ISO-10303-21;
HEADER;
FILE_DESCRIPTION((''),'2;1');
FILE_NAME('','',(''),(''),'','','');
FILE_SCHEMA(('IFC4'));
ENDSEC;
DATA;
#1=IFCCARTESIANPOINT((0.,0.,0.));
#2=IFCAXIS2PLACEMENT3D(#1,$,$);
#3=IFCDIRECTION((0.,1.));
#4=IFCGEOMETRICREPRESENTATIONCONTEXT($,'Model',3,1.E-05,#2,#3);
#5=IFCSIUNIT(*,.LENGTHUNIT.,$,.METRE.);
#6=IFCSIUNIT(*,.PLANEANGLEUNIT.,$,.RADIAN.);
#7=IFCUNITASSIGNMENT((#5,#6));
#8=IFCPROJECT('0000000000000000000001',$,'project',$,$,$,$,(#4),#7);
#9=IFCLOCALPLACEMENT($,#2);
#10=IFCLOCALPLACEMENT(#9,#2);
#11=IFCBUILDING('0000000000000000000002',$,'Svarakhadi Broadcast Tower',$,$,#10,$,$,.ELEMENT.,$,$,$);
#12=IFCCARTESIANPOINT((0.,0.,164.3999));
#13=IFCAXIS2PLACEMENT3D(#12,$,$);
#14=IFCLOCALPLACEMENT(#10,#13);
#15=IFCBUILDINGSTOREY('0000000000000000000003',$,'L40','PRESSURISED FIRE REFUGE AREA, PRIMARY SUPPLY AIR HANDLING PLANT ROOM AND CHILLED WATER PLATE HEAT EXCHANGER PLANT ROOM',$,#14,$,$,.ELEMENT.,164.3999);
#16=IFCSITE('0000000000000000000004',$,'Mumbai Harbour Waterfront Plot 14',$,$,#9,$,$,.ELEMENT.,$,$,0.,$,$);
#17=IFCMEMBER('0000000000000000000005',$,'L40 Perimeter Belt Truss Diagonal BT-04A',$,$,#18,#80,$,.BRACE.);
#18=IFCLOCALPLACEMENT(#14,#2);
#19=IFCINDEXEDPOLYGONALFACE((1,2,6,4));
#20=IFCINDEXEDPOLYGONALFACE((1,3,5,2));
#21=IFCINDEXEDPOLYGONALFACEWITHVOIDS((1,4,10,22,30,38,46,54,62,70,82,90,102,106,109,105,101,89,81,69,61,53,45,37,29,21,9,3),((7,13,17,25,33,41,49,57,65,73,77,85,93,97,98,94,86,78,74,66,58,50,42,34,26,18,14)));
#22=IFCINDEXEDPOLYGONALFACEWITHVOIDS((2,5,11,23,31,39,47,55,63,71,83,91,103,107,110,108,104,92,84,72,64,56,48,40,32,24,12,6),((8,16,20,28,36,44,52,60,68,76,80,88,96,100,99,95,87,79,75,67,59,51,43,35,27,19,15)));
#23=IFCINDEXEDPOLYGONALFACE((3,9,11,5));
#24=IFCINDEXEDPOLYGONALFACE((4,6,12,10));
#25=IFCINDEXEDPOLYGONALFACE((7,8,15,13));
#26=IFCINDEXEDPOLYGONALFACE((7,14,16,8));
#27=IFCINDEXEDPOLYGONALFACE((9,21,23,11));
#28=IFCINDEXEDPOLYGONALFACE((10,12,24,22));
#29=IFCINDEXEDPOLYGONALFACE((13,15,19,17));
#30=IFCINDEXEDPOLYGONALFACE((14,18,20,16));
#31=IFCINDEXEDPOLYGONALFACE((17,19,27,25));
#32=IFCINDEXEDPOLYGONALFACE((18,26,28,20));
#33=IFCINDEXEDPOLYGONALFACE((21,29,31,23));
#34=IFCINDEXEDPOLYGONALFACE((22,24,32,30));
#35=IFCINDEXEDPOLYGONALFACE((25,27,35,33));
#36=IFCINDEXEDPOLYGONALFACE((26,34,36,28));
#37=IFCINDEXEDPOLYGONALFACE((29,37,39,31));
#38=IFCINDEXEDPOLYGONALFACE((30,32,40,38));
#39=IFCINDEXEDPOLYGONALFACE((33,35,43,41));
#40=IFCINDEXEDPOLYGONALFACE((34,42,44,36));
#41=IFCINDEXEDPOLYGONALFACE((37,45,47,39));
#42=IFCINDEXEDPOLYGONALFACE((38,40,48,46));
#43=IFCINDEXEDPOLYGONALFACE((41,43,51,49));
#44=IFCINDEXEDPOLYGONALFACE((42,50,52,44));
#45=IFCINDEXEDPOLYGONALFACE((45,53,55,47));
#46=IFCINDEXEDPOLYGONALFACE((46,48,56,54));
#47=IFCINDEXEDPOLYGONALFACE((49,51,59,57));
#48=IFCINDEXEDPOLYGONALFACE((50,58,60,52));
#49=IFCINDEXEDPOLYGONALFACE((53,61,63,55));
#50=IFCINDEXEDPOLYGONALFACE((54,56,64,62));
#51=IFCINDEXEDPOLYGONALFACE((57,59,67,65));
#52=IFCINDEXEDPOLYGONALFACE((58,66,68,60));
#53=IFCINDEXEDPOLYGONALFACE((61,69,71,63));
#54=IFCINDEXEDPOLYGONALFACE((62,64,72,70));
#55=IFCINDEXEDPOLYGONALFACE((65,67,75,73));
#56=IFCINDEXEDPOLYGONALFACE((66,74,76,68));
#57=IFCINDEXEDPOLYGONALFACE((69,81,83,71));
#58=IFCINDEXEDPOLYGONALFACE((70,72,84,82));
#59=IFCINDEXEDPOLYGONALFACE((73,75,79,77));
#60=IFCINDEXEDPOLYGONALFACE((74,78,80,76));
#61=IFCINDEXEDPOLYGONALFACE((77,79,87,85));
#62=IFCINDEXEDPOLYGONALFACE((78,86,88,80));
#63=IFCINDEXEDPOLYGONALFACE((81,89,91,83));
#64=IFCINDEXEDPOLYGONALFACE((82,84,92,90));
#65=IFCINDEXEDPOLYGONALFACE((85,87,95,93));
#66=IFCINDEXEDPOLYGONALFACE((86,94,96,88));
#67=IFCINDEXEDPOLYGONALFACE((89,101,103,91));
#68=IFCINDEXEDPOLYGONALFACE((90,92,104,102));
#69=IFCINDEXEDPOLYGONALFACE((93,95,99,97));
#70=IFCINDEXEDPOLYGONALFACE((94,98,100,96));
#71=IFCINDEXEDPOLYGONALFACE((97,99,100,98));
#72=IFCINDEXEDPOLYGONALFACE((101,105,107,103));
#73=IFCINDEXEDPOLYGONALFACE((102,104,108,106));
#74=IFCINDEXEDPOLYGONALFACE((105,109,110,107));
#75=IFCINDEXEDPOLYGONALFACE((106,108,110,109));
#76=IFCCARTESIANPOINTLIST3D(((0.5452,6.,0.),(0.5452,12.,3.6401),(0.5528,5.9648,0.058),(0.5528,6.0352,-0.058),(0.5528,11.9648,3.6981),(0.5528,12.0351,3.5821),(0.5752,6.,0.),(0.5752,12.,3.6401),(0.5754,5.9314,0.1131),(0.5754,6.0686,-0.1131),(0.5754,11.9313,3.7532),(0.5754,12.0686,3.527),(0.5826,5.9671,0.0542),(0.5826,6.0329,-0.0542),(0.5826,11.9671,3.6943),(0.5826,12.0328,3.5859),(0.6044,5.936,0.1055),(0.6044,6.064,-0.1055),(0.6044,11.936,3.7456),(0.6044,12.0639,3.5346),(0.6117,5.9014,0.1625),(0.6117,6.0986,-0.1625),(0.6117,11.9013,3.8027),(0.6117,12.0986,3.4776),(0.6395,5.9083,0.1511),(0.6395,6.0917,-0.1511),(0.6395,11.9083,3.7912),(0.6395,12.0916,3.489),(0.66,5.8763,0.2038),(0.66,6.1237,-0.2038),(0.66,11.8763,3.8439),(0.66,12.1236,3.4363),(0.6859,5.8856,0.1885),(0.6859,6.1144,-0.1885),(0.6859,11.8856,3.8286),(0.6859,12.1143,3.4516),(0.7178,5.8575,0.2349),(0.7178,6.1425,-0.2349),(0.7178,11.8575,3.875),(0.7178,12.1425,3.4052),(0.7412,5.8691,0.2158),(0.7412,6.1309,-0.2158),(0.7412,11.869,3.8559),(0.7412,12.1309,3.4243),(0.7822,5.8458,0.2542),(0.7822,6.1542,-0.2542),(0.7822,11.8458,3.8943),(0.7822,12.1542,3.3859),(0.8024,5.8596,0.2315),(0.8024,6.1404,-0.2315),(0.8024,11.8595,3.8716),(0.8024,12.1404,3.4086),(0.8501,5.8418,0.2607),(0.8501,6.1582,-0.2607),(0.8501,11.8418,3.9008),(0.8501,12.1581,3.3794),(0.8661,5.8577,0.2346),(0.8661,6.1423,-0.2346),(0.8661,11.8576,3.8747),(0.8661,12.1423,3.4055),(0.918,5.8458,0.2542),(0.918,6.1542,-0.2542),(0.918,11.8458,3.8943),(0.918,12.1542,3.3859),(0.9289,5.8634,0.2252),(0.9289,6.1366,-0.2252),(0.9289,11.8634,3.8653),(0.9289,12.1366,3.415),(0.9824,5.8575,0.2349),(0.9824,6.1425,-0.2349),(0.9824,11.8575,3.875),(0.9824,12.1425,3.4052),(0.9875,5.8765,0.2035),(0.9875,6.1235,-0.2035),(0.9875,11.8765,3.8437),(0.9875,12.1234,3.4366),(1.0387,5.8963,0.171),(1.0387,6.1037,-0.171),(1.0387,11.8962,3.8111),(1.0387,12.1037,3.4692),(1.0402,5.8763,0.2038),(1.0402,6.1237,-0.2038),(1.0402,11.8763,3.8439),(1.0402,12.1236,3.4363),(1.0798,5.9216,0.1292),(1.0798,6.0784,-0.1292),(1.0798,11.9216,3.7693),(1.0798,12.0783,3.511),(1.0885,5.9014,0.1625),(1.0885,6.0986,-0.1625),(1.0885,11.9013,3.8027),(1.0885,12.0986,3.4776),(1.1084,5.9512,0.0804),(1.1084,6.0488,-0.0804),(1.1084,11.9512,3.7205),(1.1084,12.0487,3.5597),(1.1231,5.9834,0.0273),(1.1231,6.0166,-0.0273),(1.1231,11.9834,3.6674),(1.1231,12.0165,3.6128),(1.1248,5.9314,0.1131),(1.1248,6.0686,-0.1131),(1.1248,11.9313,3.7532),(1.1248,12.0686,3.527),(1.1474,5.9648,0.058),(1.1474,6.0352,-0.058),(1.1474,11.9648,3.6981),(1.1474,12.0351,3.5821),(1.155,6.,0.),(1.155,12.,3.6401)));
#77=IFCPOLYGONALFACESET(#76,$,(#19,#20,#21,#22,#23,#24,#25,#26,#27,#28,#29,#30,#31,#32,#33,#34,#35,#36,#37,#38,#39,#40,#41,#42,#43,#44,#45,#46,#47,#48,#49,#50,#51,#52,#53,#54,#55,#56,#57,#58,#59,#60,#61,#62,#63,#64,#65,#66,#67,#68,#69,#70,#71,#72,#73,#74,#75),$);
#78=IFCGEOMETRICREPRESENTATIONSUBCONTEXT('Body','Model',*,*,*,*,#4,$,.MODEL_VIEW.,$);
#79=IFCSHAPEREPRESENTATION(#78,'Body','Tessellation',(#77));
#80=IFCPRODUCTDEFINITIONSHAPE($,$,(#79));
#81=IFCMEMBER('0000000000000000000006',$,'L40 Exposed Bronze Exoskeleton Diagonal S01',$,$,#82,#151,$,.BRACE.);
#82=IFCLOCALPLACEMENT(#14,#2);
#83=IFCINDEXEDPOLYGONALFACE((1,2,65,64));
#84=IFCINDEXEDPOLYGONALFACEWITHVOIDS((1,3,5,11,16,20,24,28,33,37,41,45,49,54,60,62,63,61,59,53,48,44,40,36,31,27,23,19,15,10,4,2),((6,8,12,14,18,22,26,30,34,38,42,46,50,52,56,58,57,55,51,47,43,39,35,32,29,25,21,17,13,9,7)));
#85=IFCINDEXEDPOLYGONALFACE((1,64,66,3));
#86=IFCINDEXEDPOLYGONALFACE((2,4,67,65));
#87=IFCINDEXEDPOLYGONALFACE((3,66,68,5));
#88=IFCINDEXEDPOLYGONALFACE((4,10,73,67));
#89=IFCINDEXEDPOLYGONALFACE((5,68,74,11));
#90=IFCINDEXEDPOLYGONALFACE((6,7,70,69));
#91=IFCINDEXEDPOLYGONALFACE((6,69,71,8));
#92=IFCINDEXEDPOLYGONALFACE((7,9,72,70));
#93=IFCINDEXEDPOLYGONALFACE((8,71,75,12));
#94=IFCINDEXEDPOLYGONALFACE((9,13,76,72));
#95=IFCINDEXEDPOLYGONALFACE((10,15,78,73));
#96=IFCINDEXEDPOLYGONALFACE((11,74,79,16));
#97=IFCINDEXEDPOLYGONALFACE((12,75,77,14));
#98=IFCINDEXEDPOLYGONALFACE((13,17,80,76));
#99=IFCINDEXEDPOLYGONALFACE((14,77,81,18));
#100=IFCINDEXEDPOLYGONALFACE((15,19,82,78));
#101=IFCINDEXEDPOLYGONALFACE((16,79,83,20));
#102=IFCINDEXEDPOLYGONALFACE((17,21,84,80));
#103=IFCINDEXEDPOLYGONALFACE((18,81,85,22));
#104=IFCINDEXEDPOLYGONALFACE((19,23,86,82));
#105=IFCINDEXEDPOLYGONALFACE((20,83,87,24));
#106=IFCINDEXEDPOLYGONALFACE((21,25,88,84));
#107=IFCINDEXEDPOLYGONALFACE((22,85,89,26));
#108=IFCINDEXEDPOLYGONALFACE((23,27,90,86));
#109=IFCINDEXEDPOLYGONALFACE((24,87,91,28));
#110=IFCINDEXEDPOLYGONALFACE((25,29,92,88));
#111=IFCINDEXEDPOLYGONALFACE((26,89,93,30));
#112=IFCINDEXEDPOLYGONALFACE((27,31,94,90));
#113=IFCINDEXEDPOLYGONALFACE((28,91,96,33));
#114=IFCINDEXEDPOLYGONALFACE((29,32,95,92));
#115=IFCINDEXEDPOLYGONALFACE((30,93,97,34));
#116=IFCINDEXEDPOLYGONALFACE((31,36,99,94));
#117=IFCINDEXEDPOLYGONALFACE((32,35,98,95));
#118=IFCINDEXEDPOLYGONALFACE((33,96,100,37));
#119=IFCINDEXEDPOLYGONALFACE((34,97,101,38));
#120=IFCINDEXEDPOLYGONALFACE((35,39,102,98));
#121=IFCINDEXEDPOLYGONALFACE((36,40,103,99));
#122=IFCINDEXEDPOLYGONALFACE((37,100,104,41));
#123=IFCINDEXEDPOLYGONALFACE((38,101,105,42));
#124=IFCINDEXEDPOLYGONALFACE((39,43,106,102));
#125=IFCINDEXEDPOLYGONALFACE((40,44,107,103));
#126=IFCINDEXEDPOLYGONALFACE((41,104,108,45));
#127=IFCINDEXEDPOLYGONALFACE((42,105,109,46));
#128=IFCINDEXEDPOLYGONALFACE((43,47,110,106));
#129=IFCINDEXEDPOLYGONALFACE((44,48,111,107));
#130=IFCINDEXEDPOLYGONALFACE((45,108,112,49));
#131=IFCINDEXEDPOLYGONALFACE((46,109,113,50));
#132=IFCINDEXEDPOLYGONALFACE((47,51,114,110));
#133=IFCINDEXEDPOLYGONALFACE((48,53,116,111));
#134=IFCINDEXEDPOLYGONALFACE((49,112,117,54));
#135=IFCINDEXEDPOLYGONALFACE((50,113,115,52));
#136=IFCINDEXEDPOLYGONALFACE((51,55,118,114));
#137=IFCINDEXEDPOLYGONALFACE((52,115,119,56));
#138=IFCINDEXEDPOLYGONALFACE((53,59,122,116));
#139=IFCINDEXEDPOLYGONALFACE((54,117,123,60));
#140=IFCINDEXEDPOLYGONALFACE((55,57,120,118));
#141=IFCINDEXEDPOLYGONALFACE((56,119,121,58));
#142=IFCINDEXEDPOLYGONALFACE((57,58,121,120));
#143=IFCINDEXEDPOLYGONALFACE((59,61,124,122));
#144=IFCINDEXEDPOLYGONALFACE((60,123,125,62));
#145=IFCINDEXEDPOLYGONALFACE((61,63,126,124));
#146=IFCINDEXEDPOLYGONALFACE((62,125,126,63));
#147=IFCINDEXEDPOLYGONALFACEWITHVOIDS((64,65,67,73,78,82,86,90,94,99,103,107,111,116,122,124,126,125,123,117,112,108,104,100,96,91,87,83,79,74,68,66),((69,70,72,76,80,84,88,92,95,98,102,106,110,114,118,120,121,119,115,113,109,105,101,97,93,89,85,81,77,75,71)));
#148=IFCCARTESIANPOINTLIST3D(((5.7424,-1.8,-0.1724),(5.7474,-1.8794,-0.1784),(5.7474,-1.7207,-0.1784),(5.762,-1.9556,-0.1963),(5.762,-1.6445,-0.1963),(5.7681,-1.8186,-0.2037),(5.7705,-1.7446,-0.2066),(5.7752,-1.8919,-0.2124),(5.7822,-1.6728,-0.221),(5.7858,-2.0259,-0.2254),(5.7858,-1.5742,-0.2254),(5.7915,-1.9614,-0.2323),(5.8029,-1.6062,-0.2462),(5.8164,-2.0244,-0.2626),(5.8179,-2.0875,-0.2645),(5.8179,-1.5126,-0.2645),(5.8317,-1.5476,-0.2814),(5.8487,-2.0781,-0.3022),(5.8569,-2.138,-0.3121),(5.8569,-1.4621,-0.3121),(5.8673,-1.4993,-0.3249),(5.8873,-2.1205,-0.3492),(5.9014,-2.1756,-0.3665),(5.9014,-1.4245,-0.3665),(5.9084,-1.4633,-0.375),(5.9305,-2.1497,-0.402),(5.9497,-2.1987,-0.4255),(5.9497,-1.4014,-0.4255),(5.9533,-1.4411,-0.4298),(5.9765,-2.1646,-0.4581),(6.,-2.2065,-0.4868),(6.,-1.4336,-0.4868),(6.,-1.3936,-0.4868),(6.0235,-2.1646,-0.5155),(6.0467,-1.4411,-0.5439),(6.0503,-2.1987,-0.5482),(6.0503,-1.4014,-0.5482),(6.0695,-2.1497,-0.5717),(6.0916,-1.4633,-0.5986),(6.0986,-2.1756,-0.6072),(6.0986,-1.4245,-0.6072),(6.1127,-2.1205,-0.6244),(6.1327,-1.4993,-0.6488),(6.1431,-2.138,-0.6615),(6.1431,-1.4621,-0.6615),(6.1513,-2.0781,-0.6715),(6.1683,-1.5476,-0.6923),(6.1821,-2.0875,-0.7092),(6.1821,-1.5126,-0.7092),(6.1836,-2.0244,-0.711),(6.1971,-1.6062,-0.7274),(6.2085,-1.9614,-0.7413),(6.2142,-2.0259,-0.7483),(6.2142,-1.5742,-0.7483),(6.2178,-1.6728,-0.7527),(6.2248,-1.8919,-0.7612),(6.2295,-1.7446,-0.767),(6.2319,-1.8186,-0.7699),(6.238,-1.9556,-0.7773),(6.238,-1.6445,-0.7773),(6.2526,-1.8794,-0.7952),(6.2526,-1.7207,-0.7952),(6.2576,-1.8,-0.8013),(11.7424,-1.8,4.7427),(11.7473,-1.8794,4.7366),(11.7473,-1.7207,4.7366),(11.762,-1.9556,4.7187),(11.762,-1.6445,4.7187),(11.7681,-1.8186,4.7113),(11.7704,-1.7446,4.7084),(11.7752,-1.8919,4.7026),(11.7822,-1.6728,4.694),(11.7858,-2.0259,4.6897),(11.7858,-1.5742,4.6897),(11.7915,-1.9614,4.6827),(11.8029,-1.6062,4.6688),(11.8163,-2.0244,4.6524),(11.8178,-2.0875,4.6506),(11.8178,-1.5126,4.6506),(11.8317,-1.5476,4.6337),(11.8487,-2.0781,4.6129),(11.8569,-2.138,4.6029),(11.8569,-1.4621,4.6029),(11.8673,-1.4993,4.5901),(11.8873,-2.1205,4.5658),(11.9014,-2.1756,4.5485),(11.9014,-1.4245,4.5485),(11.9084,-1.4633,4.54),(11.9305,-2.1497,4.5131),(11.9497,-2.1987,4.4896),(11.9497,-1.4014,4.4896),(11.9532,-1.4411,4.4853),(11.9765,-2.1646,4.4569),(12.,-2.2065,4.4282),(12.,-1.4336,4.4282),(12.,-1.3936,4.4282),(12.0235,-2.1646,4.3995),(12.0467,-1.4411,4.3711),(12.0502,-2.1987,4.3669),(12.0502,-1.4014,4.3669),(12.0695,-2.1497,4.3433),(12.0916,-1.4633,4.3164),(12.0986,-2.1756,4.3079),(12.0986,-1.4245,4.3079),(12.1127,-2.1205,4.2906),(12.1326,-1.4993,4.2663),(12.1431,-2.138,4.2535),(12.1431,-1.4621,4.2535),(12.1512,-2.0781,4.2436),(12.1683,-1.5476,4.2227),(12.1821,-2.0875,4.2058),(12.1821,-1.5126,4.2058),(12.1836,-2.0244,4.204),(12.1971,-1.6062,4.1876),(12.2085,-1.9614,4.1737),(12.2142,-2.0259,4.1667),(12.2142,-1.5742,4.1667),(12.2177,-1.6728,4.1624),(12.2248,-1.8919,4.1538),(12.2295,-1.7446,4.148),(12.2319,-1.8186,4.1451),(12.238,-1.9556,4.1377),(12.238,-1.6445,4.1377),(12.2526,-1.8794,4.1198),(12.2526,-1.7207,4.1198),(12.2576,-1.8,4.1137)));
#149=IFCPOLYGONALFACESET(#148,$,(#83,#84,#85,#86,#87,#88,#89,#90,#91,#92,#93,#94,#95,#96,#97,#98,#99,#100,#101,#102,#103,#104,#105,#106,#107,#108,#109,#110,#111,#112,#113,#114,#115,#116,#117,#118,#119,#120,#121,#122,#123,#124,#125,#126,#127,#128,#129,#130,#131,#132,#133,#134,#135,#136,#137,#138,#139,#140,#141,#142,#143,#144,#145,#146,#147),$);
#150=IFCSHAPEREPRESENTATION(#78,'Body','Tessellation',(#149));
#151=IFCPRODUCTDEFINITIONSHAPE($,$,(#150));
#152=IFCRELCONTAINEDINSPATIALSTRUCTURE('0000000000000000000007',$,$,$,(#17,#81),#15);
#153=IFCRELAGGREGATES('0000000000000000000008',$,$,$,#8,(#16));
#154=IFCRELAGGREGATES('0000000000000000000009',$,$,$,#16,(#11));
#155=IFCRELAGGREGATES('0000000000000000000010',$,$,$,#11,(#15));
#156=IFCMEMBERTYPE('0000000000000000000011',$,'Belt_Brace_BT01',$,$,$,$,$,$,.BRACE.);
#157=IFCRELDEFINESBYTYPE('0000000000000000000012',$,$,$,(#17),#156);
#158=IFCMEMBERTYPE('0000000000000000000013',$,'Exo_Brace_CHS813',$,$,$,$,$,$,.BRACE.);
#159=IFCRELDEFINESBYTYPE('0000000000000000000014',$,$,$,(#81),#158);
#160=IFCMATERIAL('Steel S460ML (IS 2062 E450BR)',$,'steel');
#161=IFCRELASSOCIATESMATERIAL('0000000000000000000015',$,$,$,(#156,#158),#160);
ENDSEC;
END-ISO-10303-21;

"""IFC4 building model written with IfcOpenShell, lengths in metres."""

from ifc_helpers import new_model, si_unit, direction, frame, origin, origin_2d, place, context, subcontext, project, spatial, hollow_circle, extrude, material, material_profile, profile_set, type_object, element, save


model = new_model("IFC4")

# Units and contexts
model_context = context("Model", 3, precision=1e-05, world=origin(), true_north=direction((0.0, 1.0)))
body_context = subcontext(model_context, "Body", "Model", "MODEL_VIEW")
ifc_project = project(units=[si_unit("LENGTHUNIT", "METRE"), si_unit("PLANEANGLEUNIT", "RADIAN")], contexts=[model_context])

# Site, building, storey
site_placement = place(None, origin())
site = spatial("IfcSite", under=ifc_project, at=site_placement, Name="Mumbai Harbour Waterfront Plot 14", CompositionType="ELEMENT", RefElevation=0.0)
building_placement = place(site_placement, origin())
building = spatial("IfcBuilding", under=site, at=building_placement, Name="Svarakhadi Broadcast Tower", CompositionType="ELEMENT")
storey_placement = place(building_placement, frame((0.0, 0.0, 164.3999)))
storey = spatial("IfcBuildingStorey", under=building, at=storey_placement, Name="L40", Description="PRESSURISED FIRE REFUGE AREA, PRIMARY SUPPLY AIR HANDLING PLANT ROOM AND CHILLED WATER PLATE HEAT EXCHANGER PLANT ROOM", CompositionType="ELEMENT", Elevation=164.3999)

# Shared definitions
ifc_material_1 = material(Name="Steel S460ML (IS 2062 E450BR)", Category="steel")

# Members
ifc_material_profile_1 = material_profile(ifc_material_1, hollow_circle(Radius=0.3049, WallThickness=0.03, at=origin_2d()), Name="CHS 610x30")
ifc_profile_set_1 = profile_set([ifc_material_profile_1], Name="Steel S460ML (IS 2062 E450BR)")
member_type_1 = type_object("IfcMemberType", Name="Belt_Brace_BT01", PredefinedType="BRACE", material=ifc_profile_set_1)
for number, where, z_axis, x_axis, name in (
    (1, (0.8501, 6.0, 0.0), (0.0, 0.854959, 0.518695), (-1.0, 0.0, 0.0), "L40 Perimeter Belt Truss Diagonal BT-04A"),
):
    element("IfcMember", number, at=place(storey_placement, frame(where, z_axis=z_axis, x_axis=x_axis)), inside=storey, type_object=member_type_1, Name=name, PredefinedType="BRACE", context=body_context, shape_type="SweptSolid", body=[
        extrude(hollow_circle(Radius=0.3049, WallThickness=0.03, at=origin_2d()), origin(), (0.0, 0.0, 1.0), 7.0178),
    ])
ifc_material_profile_2 = material_profile(ifc_material_1, hollow_circle(Radius=0.4065, WallThickness=0.04, at=origin_2d()), Name="CHS 813x40")
ifc_profile_set_2 = profile_set([ifc_material_profile_2], Name="Steel S460ML (IS 2062 E450BR)")
member_type_2 = type_object("IfcMemberType", Name="Exo_Brace_CHS813", PredefinedType="BRACE", material=ifc_profile_set_2)
for number, where, z_axis, x_axis, name in (
    (2, (6.0, -1.8, -0.4868), (0.773581, 0.0, 0.633697), (0.0, 1.0, 0.0), "L40 Exposed Bronze Exoskeleton Diagonal S01"),
):
    element("IfcMember", number, at=place(storey_placement, frame(where, z_axis=z_axis, x_axis=x_axis)), inside=storey, type_object=member_type_2, Name=name, PredefinedType="BRACE", context=body_context, shape_type="SweptSolid", body=[
        extrude(hollow_circle(Radius=0.4065, WallThickness=0.04, at=origin_2d()), origin(), (0.0, 0.0, 1.0), 7.7561),
    ])

save(model, "model.ifc")
